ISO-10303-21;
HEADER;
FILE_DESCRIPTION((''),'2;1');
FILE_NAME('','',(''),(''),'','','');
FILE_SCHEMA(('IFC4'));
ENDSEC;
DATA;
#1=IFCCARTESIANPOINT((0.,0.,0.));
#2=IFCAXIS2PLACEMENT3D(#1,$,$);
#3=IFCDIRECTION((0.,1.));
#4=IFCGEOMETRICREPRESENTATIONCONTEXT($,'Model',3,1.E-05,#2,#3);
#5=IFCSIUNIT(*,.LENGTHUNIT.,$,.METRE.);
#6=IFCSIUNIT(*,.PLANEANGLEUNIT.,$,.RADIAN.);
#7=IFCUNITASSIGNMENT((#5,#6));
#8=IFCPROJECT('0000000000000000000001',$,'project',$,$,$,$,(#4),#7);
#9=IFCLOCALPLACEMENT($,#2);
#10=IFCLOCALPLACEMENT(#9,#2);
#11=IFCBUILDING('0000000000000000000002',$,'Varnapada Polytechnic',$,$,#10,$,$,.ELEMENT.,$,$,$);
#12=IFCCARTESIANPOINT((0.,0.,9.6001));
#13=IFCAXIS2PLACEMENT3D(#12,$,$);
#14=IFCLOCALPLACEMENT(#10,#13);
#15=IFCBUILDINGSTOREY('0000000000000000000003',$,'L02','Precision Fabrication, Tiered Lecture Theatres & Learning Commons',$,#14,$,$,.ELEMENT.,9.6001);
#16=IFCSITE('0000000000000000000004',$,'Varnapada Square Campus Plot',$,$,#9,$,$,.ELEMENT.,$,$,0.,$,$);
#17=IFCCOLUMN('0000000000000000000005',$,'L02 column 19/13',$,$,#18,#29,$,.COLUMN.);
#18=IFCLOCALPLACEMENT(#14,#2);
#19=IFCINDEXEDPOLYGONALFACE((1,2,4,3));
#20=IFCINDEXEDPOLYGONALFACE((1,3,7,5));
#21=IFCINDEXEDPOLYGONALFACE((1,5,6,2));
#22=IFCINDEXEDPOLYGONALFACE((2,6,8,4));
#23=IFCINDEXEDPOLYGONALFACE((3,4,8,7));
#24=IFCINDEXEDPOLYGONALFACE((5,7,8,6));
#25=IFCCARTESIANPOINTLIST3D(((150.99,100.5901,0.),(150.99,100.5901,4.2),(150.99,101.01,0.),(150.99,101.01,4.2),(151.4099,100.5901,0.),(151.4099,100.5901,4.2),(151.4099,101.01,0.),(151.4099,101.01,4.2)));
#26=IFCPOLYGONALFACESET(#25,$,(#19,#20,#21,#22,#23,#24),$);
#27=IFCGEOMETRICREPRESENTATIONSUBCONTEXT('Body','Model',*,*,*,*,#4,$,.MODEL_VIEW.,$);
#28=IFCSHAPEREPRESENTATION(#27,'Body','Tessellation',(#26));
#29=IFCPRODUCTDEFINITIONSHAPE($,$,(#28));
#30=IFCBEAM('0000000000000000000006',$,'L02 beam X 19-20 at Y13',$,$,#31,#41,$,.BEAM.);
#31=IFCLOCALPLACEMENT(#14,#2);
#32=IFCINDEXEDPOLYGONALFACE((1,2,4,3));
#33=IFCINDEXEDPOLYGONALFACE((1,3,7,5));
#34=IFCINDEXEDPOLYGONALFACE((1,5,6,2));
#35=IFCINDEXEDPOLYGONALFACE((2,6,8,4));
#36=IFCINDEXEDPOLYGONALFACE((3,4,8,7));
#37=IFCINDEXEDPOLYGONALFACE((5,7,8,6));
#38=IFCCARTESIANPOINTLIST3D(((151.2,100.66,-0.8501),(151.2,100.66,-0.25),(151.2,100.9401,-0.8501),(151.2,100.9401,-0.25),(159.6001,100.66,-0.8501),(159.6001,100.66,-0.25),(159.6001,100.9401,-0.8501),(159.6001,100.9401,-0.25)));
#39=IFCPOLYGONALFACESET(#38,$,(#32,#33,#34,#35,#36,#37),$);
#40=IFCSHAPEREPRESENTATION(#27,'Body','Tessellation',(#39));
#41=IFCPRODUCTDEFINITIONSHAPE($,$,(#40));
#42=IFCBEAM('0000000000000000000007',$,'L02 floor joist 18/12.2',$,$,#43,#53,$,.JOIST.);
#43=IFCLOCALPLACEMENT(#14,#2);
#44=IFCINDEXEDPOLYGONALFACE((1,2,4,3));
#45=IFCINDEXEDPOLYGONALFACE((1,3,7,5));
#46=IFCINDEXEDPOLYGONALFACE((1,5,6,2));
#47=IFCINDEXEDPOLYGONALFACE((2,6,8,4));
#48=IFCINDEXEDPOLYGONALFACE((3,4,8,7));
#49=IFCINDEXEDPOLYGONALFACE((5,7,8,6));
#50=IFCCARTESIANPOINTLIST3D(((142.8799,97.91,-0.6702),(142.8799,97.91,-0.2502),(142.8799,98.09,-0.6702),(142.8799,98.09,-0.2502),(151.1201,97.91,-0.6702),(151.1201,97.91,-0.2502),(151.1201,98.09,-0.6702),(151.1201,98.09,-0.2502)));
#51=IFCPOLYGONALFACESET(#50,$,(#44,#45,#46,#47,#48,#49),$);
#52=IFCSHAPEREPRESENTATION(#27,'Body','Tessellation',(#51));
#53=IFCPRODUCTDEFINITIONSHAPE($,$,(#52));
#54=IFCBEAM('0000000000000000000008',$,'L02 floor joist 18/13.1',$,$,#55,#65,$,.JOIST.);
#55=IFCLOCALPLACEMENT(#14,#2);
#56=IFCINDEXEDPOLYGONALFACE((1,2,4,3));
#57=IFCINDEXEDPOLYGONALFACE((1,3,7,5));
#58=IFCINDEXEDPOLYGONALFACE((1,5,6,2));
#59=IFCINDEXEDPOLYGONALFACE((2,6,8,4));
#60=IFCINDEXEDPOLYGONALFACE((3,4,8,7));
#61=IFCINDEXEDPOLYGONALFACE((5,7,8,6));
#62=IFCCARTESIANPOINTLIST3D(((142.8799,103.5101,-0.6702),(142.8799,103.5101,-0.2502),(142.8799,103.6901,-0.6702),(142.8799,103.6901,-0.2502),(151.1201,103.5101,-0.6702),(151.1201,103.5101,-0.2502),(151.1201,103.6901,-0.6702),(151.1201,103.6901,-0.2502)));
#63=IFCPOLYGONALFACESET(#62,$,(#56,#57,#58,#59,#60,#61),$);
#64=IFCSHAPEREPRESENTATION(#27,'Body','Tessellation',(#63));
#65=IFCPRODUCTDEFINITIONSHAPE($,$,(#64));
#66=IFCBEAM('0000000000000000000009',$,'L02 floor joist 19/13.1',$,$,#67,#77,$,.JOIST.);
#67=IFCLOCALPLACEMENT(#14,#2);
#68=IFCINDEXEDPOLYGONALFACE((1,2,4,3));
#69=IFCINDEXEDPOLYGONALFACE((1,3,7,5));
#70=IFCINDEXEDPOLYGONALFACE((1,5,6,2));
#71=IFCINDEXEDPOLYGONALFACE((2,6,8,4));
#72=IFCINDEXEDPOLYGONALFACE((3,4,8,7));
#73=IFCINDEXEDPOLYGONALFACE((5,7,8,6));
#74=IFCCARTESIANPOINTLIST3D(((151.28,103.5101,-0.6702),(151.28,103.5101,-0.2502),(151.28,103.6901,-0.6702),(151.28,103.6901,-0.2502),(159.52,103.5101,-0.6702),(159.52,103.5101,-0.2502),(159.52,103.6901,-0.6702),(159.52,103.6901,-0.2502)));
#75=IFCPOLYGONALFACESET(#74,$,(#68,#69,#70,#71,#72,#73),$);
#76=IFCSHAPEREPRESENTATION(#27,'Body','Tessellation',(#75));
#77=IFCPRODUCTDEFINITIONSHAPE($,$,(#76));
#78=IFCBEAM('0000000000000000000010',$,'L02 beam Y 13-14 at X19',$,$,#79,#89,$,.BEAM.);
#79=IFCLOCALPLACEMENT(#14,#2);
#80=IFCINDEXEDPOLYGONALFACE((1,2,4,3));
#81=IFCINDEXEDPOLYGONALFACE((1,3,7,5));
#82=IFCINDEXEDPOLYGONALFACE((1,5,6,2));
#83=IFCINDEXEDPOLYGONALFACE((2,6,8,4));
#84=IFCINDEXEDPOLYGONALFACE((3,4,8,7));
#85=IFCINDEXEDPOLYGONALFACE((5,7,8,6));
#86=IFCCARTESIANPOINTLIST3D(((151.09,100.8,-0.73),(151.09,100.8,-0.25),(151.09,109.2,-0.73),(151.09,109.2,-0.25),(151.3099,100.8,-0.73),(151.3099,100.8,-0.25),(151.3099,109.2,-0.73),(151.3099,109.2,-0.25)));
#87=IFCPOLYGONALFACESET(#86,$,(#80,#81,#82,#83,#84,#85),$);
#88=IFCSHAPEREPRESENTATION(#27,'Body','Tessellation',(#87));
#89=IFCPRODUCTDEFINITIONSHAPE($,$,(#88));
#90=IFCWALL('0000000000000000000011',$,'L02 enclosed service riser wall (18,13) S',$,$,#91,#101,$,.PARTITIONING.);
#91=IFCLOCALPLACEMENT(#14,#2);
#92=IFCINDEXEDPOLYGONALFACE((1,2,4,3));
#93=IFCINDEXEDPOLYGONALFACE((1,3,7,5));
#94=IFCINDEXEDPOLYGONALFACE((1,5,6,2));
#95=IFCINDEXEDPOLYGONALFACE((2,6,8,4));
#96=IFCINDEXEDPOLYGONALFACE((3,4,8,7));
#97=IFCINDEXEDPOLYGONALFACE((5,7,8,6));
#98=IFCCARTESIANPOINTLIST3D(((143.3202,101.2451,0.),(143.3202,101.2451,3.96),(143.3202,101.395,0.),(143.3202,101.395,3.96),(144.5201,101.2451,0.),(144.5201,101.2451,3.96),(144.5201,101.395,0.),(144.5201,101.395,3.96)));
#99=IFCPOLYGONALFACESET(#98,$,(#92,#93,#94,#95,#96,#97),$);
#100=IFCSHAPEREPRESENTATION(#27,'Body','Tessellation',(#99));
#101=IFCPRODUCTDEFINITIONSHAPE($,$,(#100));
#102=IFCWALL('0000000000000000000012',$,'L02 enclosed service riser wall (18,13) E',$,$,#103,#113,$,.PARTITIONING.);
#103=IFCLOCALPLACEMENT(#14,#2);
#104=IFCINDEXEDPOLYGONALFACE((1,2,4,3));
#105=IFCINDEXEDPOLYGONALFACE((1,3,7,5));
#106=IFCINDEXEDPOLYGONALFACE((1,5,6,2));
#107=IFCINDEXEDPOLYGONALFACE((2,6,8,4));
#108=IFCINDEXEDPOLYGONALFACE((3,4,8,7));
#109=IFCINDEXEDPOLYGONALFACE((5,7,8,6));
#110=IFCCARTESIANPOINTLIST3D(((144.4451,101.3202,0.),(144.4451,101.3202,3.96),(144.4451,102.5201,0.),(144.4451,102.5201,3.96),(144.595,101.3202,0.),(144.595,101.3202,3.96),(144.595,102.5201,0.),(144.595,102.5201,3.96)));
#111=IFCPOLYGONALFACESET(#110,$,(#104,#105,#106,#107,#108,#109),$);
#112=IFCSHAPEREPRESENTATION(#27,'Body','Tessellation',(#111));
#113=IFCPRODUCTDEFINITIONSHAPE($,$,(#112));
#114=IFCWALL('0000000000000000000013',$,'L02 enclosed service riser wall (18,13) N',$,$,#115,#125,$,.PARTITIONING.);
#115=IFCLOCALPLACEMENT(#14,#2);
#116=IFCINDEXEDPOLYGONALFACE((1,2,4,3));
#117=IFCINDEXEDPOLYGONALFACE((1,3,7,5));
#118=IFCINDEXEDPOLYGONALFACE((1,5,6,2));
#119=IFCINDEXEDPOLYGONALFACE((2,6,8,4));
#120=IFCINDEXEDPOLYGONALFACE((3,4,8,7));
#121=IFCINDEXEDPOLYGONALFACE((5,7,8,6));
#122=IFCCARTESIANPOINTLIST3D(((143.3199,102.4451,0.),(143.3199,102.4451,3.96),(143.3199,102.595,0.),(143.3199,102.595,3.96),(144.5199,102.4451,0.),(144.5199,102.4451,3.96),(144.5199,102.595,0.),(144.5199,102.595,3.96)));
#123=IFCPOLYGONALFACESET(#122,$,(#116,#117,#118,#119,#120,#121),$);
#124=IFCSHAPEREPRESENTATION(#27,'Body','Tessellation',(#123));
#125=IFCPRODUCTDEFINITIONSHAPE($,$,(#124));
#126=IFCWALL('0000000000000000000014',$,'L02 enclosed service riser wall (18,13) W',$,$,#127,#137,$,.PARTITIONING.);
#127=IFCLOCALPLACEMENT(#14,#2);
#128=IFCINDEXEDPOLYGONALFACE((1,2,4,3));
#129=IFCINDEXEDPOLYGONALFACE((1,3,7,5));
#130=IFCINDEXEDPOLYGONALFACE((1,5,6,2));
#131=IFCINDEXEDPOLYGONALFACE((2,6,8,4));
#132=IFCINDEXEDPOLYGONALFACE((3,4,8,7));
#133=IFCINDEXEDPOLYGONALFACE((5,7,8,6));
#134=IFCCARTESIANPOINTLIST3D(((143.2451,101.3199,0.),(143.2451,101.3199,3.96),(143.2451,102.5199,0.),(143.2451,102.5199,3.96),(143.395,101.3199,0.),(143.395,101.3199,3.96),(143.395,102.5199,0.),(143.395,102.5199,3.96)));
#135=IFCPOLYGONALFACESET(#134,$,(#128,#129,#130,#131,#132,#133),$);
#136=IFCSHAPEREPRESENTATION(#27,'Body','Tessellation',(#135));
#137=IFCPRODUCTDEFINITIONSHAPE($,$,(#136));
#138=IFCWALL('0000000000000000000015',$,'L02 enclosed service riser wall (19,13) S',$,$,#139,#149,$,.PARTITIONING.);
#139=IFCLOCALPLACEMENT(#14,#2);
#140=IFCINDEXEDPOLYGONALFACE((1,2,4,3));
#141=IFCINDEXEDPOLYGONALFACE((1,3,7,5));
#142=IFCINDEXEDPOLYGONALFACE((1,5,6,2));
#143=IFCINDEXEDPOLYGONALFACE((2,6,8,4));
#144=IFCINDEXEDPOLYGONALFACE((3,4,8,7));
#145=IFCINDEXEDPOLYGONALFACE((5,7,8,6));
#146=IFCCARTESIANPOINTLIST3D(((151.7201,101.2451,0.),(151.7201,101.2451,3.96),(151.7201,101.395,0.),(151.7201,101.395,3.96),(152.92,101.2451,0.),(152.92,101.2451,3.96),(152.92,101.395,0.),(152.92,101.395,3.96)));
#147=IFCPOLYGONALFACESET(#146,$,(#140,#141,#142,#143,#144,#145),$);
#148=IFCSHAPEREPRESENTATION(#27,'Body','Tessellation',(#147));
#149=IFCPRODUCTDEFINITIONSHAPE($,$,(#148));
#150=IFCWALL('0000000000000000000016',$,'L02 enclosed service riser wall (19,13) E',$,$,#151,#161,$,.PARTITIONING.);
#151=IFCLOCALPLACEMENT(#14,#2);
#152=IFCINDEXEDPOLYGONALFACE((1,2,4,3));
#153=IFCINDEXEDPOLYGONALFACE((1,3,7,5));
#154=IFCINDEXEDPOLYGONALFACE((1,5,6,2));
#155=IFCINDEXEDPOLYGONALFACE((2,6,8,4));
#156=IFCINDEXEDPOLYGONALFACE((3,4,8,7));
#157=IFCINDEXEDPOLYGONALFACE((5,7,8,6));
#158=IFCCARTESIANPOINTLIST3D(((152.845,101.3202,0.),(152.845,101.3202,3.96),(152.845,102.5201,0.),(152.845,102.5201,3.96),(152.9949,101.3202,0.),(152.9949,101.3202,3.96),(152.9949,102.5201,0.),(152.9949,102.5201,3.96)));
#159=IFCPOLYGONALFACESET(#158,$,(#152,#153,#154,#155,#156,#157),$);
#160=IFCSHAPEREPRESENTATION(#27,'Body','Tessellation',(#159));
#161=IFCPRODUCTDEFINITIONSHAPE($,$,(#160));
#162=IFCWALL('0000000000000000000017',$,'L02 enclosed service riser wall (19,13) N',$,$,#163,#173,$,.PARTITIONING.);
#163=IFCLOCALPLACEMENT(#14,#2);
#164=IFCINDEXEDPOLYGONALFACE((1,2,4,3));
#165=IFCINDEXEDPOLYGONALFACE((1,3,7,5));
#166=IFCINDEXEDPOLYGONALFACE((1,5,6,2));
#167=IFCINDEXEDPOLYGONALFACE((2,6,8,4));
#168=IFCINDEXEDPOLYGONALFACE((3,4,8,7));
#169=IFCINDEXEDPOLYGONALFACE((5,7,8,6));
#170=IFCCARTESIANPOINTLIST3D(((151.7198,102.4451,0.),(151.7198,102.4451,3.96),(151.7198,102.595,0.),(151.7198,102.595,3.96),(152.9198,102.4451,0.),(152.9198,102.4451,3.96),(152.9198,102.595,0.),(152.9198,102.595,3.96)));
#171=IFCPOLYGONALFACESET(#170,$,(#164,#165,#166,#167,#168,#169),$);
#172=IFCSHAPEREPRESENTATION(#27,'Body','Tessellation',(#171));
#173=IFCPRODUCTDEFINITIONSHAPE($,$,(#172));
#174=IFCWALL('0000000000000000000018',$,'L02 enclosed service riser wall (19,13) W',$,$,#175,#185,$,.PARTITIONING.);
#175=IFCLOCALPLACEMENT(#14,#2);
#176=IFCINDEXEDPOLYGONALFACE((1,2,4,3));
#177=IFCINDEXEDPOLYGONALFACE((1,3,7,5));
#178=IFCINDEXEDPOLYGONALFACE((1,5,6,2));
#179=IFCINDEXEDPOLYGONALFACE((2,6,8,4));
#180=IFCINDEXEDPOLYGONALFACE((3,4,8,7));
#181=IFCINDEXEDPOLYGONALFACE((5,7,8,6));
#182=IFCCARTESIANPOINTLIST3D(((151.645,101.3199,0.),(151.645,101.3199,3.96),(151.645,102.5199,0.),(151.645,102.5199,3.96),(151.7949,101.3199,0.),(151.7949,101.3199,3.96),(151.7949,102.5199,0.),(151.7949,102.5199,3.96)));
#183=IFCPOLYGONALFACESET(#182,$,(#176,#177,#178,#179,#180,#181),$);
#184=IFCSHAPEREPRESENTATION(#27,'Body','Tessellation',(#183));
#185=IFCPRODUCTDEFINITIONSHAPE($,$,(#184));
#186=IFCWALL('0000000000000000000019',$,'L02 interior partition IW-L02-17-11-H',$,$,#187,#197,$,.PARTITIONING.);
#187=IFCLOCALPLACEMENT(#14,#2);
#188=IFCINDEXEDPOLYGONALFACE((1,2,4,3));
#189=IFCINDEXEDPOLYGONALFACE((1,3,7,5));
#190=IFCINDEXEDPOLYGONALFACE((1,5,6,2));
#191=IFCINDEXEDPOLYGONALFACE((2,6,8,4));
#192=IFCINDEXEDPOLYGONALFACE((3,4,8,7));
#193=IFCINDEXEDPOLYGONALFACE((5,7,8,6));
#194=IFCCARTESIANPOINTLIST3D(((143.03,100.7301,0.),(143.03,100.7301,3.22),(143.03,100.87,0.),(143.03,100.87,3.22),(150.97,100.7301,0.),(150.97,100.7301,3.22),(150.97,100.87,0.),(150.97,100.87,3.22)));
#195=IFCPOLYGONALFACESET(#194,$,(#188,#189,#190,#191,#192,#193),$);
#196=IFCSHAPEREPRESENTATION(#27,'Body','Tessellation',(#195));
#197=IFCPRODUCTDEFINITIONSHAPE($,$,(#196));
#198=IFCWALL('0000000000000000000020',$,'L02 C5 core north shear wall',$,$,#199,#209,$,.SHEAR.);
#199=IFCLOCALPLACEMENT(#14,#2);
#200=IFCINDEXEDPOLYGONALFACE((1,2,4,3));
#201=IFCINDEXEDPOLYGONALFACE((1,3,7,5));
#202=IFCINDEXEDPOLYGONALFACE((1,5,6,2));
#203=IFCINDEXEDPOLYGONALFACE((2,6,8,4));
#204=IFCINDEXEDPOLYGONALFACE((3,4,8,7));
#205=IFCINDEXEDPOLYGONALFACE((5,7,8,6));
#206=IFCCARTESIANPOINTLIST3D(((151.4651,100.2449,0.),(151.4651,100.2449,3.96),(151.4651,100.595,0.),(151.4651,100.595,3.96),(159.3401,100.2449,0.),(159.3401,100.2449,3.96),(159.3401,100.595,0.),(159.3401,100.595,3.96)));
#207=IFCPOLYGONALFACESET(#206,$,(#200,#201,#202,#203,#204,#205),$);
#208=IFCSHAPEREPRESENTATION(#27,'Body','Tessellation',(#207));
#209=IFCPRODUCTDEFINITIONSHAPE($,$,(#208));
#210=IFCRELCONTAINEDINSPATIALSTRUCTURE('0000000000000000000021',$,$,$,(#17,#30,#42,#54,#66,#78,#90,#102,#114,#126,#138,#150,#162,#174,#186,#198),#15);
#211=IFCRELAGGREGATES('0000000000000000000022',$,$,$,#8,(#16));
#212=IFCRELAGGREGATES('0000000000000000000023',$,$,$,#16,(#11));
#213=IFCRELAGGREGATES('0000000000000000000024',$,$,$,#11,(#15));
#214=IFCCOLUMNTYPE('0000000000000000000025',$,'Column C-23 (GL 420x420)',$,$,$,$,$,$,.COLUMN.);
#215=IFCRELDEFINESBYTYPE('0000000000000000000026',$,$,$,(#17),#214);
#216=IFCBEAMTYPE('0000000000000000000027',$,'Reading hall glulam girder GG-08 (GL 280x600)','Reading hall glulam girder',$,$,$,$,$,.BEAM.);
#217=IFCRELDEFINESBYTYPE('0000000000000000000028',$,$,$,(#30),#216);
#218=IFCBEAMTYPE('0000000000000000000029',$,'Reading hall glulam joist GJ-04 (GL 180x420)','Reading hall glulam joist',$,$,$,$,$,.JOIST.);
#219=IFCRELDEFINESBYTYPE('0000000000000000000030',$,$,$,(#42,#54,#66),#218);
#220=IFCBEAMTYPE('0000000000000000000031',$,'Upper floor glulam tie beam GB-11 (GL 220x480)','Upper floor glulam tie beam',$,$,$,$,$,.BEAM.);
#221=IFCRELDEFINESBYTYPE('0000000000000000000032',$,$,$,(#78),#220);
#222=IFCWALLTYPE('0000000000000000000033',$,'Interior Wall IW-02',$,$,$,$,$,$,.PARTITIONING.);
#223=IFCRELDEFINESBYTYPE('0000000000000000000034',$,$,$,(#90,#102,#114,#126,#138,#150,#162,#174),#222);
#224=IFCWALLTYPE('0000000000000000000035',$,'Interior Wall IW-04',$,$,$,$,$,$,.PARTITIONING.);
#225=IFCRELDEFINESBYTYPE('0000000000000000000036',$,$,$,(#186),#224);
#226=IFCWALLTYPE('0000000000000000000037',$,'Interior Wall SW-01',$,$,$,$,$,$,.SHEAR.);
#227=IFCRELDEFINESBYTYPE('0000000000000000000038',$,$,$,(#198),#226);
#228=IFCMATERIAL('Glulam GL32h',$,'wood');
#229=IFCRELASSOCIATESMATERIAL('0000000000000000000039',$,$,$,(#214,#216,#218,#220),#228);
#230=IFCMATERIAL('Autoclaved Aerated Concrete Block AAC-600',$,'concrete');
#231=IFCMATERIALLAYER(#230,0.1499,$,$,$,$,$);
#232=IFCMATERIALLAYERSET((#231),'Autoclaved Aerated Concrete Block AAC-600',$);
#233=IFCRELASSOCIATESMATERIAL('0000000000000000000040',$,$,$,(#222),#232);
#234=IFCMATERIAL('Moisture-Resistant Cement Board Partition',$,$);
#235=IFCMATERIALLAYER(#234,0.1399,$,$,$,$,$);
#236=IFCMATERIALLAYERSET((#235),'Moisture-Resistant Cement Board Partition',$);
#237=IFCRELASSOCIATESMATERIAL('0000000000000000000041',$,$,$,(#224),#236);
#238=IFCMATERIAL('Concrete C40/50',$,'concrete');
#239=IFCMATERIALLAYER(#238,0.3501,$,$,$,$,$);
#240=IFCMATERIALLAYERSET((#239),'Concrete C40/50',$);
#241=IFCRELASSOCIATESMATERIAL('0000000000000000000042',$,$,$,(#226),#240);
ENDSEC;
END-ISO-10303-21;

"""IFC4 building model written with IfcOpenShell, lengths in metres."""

from ifc_helpers import new_model, si_unit, direction, frame, frame_2d, origin, origin_2d, place, context, subcontext, project, spatial, rectangle, extrude, material, layer, layer_set, material_profile, profile_set, type_object, element, save


model = new_model("IFC4")

# Units and contexts
model_context = context("Model", 3, precision=1e-05, world=origin(), true_north=direction((0.0, 1.0)))
body_context = subcontext(model_context, "Body", "Model", "MODEL_VIEW")
ifc_project = project(units=[si_unit("LENGTHUNIT", "METRE"), si_unit("PLANEANGLEUNIT", "RADIAN")], contexts=[model_context])

# Site, building, storey
site_placement = place(None, origin())
site = spatial("IfcSite", under=ifc_project, at=site_placement, Name="Varnapada Square Campus Plot", CompositionType="ELEMENT", RefElevation=0.0)
building_placement = place(site_placement, origin())
building = spatial("IfcBuilding", under=site, at=building_placement, Name="Varnapada Polytechnic", CompositionType="ELEMENT")
storey_placement = place(building_placement, frame((0.0, 0.0, 9.6001)))
storey = spatial("IfcBuildingStorey", under=building, at=storey_placement, Name="L02", Description="Precision Fabrication, Tiered Lecture Theatres & Learning Commons", CompositionType="ELEMENT", Elevation=9.6001)

# Column
ifc_material_1 = material(Name="Glulam GL32h", Category="wood")
ifc_material_profile_1 = material_profile(ifc_material_1, rectangle(XDim=0.4199, YDim=0.4199, at=origin_2d()), Name="GL 420x420")
ifc_profile_set_1 = profile_set([ifc_material_profile_1], Name="Glulam GL32h")
column_type = type_object("IfcColumnType", Name="Column C-23 (GL 420x420)", PredefinedType="COLUMN", material=ifc_profile_set_1)
column_placement = place(storey_placement, frame((151.2, 100.8, 0.0), z_axis=(0.0, 0.0, 1.0), x_axis=(1.0, 0.0, 0.0)))
element("IfcColumn", 1, at=column_placement, inside=storey, type_object=column_type, Name="L02 column 19/13", PredefinedType="COLUMN", context=body_context, shape_type="SweptSolid", body=[
    extrude(rectangle(XDim=0.4199, YDim=0.4199, at=origin_2d()), origin(), (0.0, 0.0, 1.0), 4.2),
])

# Beams
ifc_material_profile_2 = material_profile(ifc_material_1, rectangle(XDim=0.28, YDim=0.6001, at=origin_2d()), Name="GL 280x600")
ifc_profile_set_2 = profile_set([ifc_material_profile_2], Name="Glulam GL32h")
beam_type_1 = type_object("IfcBeamType", Name="Reading hall glulam girder GG-08 (GL 280x600)", Description="Reading hall glulam girder", PredefinedType="BEAM", material=ifc_profile_set_2)
beam_1_placement = place(storey_placement, frame((151.2, 100.8, -0.55), z_axis=(1.0, 0.0, 0.0), x_axis=(0.0, 1.0, 0.0)))
element("IfcBeam", 2, at=beam_1_placement, inside=storey, type_object=beam_type_1, Name="L02 beam X 19-20 at Y13", PredefinedType="BEAM", context=body_context, shape_type="SweptSolid", body=[
    extrude(rectangle(XDim=0.28, YDim=0.6001, at=origin_2d()), origin(), (0.0, 0.0, 1.0), 8.4001),
])
ifc_material_profile_3 = material_profile(ifc_material_1, rectangle(XDim=0.1799, YDim=0.4199, at=origin_2d()), Name="GL 180x420")
ifc_profile_set_3 = profile_set([ifc_material_profile_3], Name="Glulam GL32h")
beam_type_2 = type_object("IfcBeamType", Name="Reading hall glulam joist GJ-04 (GL 180x420)", Description="Reading hall glulam joist", PredefinedType="JOIST", material=ifc_profile_set_3)
for number, where, z_axis, x_axis, name in (
    (3, (142.8799, 98.0, -0.4602), (1.0, 0.0, 0.0), (0.0, 1.0, 0.0), "L02 floor joist 18/12.2"),
    (4, (142.8799, 103.6001, -0.4602), (1.0, 0.0, 0.0), (0.0, 1.0, 0.0), "L02 floor joist 18/13.1"),
):
    element("IfcBeam", number, at=place(storey_placement, frame(where, z_axis=z_axis, x_axis=x_axis)), inside=storey, type_object=beam_type_2, Name=name, PredefinedType="JOIST", context=body_context, shape_type="SweptSolid", body=[
        extrude(rectangle(XDim=0.1799, YDim=0.4199, at=origin_2d()), origin(), (0.0, 0.0, 1.0), 8.2402),
    ])
beam_2_placement = place(storey_placement, frame((151.28, 103.6001, -0.4602), z_axis=(1.0, 0.0, 0.0), x_axis=(0.0, 1.0, 0.0)))
element("IfcBeam", 5, at=beam_2_placement, inside=storey, type_object=beam_type_2, Name="L02 floor joist 19/13.1", PredefinedType="JOIST", context=body_context, shape_type="SweptSolid", body=[
    extrude(rectangle(XDim=0.1799, YDim=0.4199, at=origin_2d()), origin(), (0.0, 0.0, 1.0), 8.24),
])
ifc_material_profile_4 = material_profile(ifc_material_1, rectangle(XDim=0.22, YDim=0.48, at=origin_2d()), Name="GL 220x480")
ifc_profile_set_4 = profile_set([ifc_material_profile_4], Name="Glulam GL32h")
beam_type_3 = type_object("IfcBeamType", Name="Upper floor glulam tie beam GB-11 (GL 220x480)", Description="Upper floor glulam tie beam", PredefinedType="BEAM", material=ifc_profile_set_4)
beam_3_placement = place(storey_placement, frame((151.2, 100.8, -0.49), z_axis=(0.0, 1.0, 0.0), x_axis=(-1.0, 0.0, 0.0)))
element("IfcBeam", 6, at=beam_3_placement, inside=storey, type_object=beam_type_3, Name="L02 beam Y 13-14 at X19", PredefinedType="BEAM", context=body_context, shape_type="SweptSolid", body=[
    extrude(rectangle(XDim=0.22, YDim=0.48, at=origin_2d()), origin(), (0.0, 0.0, 1.0), 8.3999),
])

# Walls
ifc_material_2 = material(Name="Autoclaved Aerated Concrete Block AAC-600", Category="concrete")
ifc_layer_1 = layer(ifc_material_2, 0.1499)
ifc_layer_set_1 = layer_set([ifc_layer_1], Name="Autoclaved Aerated Concrete Block AAC-600")
wall_type_1 = type_object("IfcWallType", Name="Interior Wall IW-02", PredefinedType="PARTITIONING", material=ifc_layer_set_1)
for number, where, z_axis, x_axis, name in (
    (7, (143.3201, 101.3201, 0.0), (0.0, 0.0, 1.0), (1.0, 0.0, 0.0), "L02 enclosed service riser wall (18,13) S"),
    (8, (144.52, 101.3201, 0.0), (0.0, 0.0, 1.0), (0.0, 1.0, 0.0), "L02 enclosed service riser wall (18,13) E"),
    (9, (144.52, 102.52, 0.0), (0.0, 0.0, 1.0), (-1.0, 0.0, 0.0), "L02 enclosed service riser wall (18,13) N"),
    (10, (143.3201, 102.52, 0.0), (0.0, 0.0, 1.0), (0.0, -1.0, 0.0), "L02 enclosed service riser wall (18,13) W"),
    (11, (151.72, 101.3201, 0.0), (0.0, 0.0, 1.0), (1.0, 0.0, 0.0), "L02 enclosed service riser wall (19,13) S"),
    (12, (152.9199, 101.3201, 0.0), (0.0, 0.0, 1.0), (0.0, 1.0, 0.0), "L02 enclosed service riser wall (19,13) E"),
    (13, (152.9199, 102.52, 0.0), (0.0, 0.0, 1.0), (-1.0, 0.0, 0.0), "L02 enclosed service riser wall (19,13) N"),
    (14, (151.72, 102.52, 0.0), (0.0, 0.0, 1.0), (0.0, -1.0, 0.0), "L02 enclosed service riser wall (19,13) W"),
):
    element("IfcWall", number, at=place(storey_placement, frame(where, z_axis=z_axis, x_axis=x_axis)), inside=storey, type_object=wall_type_1, Name=name, PredefinedType="PARTITIONING", context=body_context, shape_type="SweptSolid", body=[
        extrude(rectangle(XDim=1.2, YDim=0.1499, at=frame_2d((0.6001, 0.0))), origin(), (0.0, 0.0, 1.0), 3.96),
    ])
ifc_material_3 = material(Name="Moisture-Resistant Cement Board Partition")
ifc_layer_2 = layer(ifc_material_3, 0.1399)
ifc_layer_set_2 = layer_set([ifc_layer_2], Name="Moisture-Resistant Cement Board Partition")
wall_type_2 = type_object("IfcWallType", Name="Interior Wall IW-04", PredefinedType="PARTITIONING", material=ifc_layer_set_2)
wall_1_placement = place(storey_placement, frame((143.03, 100.8, 0.0), z_axis=(0.0, 0.0, 1.0), x_axis=(1.0, 0.0, 0.0)))
element("IfcWall", 15, at=wall_1_placement, inside=storey, type_object=wall_type_2, Name="L02 interior partition IW-L02-17-11-H", PredefinedType="PARTITIONING", context=body_context, shape_type="SweptSolid", body=[
    extrude(rectangle(XDim=7.9399, YDim=0.1399, at=frame_2d((3.97, 0.0))), origin(), (0.0, 0.0, 1.0), 3.22),
])

# Wall
ifc_material_4 = material(Name="Concrete C40/50", Category="concrete")
ifc_layer_3 = layer(ifc_material_4, 0.3501)
ifc_layer_set_3 = layer_set([ifc_layer_3], Name="Concrete C40/50")
wall_type_3 = type_object("IfcWallType", Name="Interior Wall SW-01", PredefinedType="SHEAR", material=ifc_layer_set_3)
wall_2_placement = place(storey_placement, frame((151.4651, 100.4199, 0.0), z_axis=(0.0, 0.0, 1.0), x_axis=(1.0, 0.0, 0.0)))
element("IfcWall", 16, at=wall_2_placement, inside=storey, type_object=wall_type_3, Name="L02 C5 core north shear wall", PredefinedType="SHEAR", context=body_context, shape_type="SweptSolid", body=[
    extrude(rectangle(XDim=7.875, YDim=0.3501, at=frame_2d((3.9375, 0.0))), origin(), (0.0, 0.0, 1.0), 3.96),
])

save(model, "model.ifc")
